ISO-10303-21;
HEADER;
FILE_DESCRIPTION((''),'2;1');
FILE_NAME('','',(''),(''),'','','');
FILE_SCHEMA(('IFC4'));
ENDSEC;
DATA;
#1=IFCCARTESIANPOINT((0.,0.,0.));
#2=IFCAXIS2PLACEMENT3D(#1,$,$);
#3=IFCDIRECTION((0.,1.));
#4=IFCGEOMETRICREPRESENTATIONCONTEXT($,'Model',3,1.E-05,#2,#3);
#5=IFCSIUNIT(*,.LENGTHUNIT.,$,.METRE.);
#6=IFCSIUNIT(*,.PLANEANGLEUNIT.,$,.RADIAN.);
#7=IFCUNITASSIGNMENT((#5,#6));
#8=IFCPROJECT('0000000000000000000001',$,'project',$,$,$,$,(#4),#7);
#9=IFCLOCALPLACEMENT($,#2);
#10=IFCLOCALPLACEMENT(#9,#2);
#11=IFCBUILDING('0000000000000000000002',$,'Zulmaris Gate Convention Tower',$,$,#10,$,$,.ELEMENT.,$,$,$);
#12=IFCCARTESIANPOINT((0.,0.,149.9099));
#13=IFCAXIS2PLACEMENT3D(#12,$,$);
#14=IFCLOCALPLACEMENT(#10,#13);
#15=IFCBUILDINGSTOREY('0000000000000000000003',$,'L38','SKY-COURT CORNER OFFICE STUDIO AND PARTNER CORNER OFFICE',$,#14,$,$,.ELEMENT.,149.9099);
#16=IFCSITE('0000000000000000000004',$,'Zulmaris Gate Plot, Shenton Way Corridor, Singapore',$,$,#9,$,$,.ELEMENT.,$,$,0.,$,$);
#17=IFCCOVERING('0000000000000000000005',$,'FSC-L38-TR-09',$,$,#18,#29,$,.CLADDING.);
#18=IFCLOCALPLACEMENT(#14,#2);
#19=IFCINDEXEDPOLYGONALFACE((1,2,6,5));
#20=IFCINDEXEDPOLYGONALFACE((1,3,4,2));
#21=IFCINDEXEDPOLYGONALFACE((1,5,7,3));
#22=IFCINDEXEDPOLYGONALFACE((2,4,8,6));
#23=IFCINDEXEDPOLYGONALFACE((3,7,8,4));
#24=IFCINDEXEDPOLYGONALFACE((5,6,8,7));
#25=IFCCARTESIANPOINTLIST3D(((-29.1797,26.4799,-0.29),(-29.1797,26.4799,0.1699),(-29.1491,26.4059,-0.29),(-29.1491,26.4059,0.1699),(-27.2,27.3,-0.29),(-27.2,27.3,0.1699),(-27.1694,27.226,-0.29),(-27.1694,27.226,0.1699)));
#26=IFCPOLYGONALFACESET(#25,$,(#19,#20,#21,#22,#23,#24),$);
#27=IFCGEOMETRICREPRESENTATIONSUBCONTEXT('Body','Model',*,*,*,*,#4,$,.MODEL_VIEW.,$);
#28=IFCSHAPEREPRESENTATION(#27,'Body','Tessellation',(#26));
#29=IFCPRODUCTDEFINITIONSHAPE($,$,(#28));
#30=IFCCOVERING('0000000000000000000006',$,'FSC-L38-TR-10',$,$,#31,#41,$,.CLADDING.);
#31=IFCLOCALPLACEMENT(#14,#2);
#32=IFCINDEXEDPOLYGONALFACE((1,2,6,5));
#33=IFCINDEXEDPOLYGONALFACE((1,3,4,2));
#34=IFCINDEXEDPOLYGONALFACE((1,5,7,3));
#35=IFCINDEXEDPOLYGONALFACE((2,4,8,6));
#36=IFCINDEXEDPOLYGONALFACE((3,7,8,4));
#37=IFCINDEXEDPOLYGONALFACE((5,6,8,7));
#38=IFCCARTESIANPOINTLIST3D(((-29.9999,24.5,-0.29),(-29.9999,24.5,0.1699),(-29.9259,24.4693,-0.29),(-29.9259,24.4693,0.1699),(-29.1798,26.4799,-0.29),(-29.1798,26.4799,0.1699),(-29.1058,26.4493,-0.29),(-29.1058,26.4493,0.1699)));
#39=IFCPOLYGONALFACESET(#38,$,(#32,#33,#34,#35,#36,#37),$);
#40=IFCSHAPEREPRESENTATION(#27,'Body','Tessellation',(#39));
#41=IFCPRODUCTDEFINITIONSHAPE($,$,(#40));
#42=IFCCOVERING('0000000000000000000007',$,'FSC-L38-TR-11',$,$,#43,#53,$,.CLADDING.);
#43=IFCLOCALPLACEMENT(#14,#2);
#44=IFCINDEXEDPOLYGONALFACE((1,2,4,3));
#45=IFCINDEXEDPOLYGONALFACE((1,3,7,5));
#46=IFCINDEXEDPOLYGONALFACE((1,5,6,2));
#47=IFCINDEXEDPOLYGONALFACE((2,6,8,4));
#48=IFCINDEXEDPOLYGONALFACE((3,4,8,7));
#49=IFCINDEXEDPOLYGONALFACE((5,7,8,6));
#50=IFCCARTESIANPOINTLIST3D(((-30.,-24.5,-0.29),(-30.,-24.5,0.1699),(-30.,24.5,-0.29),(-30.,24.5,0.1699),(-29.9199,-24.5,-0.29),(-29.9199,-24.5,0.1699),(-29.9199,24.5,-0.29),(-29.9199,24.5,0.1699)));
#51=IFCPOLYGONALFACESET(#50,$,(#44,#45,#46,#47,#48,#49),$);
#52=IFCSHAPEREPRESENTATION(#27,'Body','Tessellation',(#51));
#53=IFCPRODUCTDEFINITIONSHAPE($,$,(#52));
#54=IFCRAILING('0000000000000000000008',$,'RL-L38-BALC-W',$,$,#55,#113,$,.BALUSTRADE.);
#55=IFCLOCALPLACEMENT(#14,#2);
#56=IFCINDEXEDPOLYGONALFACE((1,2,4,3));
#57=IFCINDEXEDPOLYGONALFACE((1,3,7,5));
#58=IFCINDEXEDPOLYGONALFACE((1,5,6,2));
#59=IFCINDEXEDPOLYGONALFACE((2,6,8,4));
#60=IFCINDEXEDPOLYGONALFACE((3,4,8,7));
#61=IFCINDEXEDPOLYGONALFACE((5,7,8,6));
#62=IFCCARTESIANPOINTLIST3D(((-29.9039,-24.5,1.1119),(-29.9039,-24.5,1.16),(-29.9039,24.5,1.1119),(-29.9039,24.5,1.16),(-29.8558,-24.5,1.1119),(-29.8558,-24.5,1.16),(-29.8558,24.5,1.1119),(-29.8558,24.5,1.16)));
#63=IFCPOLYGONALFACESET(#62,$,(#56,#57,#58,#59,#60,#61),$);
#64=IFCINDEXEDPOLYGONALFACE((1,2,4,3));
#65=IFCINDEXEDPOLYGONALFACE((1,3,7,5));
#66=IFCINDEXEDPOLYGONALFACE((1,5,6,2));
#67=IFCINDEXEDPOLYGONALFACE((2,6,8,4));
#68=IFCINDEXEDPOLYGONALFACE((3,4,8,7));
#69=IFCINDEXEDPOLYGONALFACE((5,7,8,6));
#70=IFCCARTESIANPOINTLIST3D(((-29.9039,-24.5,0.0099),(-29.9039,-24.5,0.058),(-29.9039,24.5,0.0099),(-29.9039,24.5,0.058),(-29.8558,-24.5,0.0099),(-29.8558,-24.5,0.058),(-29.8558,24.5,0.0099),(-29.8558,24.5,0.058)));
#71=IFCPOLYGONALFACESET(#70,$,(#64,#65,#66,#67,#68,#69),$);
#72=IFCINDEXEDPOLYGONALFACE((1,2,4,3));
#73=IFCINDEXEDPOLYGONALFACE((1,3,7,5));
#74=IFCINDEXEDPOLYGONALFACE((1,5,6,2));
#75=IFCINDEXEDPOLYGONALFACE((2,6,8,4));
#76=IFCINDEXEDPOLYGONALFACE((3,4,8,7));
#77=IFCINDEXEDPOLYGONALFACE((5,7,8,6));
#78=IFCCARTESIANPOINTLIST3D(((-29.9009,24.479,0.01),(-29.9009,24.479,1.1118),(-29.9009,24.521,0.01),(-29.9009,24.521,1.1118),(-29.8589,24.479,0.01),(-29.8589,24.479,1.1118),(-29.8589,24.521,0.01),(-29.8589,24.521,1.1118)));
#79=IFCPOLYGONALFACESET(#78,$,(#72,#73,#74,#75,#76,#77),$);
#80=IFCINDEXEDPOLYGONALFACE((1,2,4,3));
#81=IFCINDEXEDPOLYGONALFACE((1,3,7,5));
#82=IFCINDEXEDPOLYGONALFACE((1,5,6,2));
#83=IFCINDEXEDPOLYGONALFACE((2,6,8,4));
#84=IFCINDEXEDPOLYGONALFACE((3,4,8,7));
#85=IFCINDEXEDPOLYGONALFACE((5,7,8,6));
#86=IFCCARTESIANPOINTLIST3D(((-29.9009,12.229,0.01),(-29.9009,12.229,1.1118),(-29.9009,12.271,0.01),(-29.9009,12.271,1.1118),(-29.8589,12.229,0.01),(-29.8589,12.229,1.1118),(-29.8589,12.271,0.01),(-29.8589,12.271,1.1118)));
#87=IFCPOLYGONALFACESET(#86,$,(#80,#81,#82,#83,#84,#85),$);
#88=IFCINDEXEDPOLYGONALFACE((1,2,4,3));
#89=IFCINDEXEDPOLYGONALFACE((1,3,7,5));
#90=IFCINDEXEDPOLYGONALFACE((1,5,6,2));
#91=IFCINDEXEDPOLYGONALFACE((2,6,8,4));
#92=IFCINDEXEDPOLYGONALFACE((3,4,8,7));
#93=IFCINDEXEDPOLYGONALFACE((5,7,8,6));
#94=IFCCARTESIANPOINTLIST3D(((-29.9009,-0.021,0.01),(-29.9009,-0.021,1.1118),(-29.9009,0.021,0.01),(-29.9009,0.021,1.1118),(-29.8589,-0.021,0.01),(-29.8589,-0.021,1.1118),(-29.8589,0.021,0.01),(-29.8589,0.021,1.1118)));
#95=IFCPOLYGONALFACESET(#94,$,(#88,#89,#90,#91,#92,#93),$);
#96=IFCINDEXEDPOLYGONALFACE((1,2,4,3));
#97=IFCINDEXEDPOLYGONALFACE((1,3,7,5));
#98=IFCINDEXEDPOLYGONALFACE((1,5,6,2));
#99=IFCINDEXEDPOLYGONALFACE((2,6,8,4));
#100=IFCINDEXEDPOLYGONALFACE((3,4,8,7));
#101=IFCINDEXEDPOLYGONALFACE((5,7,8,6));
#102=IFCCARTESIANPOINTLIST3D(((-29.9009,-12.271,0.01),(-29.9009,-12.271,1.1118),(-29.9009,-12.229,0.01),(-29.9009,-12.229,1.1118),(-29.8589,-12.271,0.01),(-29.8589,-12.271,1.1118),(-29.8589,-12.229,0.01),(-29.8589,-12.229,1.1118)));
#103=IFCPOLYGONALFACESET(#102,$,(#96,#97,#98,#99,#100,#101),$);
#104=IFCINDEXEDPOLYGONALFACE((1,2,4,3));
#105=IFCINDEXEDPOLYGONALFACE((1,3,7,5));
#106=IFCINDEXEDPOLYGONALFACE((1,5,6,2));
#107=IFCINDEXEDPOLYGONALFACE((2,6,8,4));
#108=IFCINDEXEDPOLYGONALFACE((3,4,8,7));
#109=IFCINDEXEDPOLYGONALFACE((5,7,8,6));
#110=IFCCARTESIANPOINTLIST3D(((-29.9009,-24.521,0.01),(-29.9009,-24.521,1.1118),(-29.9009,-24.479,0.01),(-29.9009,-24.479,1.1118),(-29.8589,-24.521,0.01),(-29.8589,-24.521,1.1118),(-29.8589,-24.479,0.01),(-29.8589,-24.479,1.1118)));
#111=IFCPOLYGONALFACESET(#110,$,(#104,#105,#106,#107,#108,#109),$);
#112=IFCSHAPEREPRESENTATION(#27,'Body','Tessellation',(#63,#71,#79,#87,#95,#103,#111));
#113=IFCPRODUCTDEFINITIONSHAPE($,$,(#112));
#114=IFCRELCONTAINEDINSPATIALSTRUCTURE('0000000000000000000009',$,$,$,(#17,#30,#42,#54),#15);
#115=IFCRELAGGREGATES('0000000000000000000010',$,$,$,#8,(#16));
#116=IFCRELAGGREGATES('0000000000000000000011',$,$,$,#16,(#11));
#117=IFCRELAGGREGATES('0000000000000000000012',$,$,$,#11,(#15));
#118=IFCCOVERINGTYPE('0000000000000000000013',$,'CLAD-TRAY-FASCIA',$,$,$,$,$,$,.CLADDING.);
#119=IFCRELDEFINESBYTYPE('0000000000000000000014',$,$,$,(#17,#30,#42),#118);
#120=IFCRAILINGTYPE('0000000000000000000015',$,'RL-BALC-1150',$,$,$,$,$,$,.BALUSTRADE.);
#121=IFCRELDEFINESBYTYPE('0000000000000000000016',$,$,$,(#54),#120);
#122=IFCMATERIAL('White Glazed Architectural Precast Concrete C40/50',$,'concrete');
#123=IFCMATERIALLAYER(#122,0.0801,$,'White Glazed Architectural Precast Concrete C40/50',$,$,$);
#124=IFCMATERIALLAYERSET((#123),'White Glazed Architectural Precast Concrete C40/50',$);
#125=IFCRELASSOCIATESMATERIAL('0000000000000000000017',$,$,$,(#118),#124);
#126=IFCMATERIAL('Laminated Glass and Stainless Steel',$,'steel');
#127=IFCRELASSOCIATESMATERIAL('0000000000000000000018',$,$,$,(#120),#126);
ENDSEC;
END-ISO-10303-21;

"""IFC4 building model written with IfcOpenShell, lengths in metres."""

from ifc_helpers import new_model, si_unit, direction, frame, frame_2d, origin, origin_2d, place, context, subcontext, project, spatial, rectangle, extrude, material, layer, layer_set, type_object, element, save


model = new_model("IFC4")

# Units and contexts
model_context = context("Model", 3, precision=1e-05, world=origin(), true_north=direction((0.0, 1.0)))
body_context = subcontext(model_context, "Body", "Model", "MODEL_VIEW")
ifc_project = project(units=[si_unit("LENGTHUNIT", "METRE"), si_unit("PLANEANGLEUNIT", "RADIAN")], contexts=[model_context])

# Site, building, storey
site_placement = place(None, origin())
site = spatial("IfcSite", under=ifc_project, at=site_placement, Name="Zulmaris Gate Plot, Shenton Way Corridor, Singapore", CompositionType="ELEMENT", RefElevation=0.0)
building_placement = place(site_placement, origin())
building = spatial("IfcBuilding", under=site, at=building_placement, Name="Zulmaris Gate Convention Tower", CompositionType="ELEMENT")
storey_placement = place(building_placement, frame((0.0, 0.0, 149.9099)))
storey = spatial("IfcBuildingStorey", under=building, at=storey_placement, Name="L38", Description="SKY-COURT CORNER OFFICE STUDIO AND PARTNER CORNER OFFICE", CompositionType="ELEMENT", Elevation=149.9099)

# Coverings
ifc_material_1 = material(Name="White Glazed Architectural Precast Concrete C40/50", Category="concrete")
ifc_layer_1 = layer(ifc_material_1, 0.0801, Name="White Glazed Architectural Precast Concrete C40/50")
ifc_layer_set_1 = layer_set([ifc_layer_1], Name="White Glazed Architectural Precast Concrete C40/50")
covering_type_1 = type_object("IfcCoveringType", Name="CLAD-TRAY-FASCIA", PredefinedType="CLADDING", material=ifc_layer_set_1)
covering_1_placement = place(storey_placement, frame((-27.1848, 27.2629, -0.29), z_axis=(0.0, 0.0, 1.0), x_axis=(-0.923874, -0.382697, 0.0)))
element("IfcCovering", 1, at=covering_1_placement, inside=storey, type_object=covering_type_1, Name="FSC-L38-TR-09", PredefinedType="CLADDING", context=body_context, shape_type="SweptSolid", body=[
    extrude(rectangle(XDim=2.1428, YDim=0.0801, at=frame_2d((1.0713, 0.0))), origin(), (0.0, 0.0, 1.0), 0.46),
])
covering_2_placement = place(storey_placement, frame((-29.1428, 26.4646, -0.29), z_axis=(0.0, 0.0, 1.0), x_axis=(-0.382657, -0.92389, 0.0)))
element("IfcCovering", 2, at=covering_2_placement, inside=storey, type_object=covering_type_1, Name="FSC-L38-TR-10", PredefinedType="CLADDING", context=body_context, shape_type="SweptSolid", body=[
    extrude(rectangle(XDim=2.1431, YDim=0.0801, at=frame_2d((1.0715, 0.0))), origin(), (0.0, 0.0, 1.0), 0.46),
])
covering_3_placement = place(storey_placement, frame((-29.96, 24.5, -0.29), z_axis=(0.0, 0.0, 1.0), x_axis=(0.0, -1.0, 0.0)))
element("IfcCovering", 3, at=covering_3_placement, inside=storey, type_object=covering_type_1, Name="FSC-L38-TR-11", PredefinedType="CLADDING", context=body_context, shape_type="SweptSolid", body=[
    extrude(rectangle(XDim=49.0, YDim=0.0801, at=frame_2d((24.5, 0.0))), origin(), (0.0, 0.0, 1.0), 0.46),
])

# Railing
ifc_material_2 = material(Name="Laminated Glass and Stainless Steel", Category="steel")
railing_type = type_object("IfcRailingType", Name="RL-BALC-1150", PredefinedType="BALUSTRADE", material=ifc_material_2)
railing_placement = place(storey_placement, frame((-29.8799, 24.5, 0.01)))
element("IfcRailing", 4, at=railing_placement, inside=storey, type_object=railing_type, Name="RL-L38-BALC-W", PredefinedType="BALUSTRADE", context=body_context, shape_type="SweptSolid", body=[
    extrude(rectangle(XDim=0.0481, YDim=0.0481, at=origin_2d()), frame((0.0, 0.0, 1.126), z_axis=(0.0, -1.0, 0.0), x_axis=(1.0, 0.0, 0.0)), (0.0, 0.0, 1.0), 49.0),
    extrude(rectangle(XDim=0.0481, YDim=0.0481, at=origin_2d()), frame((0.0, 0.0, 0.0239), z_axis=(0.0, -1.0, 0.0), x_axis=(1.0, 0.0, 0.0)), (0.0, 0.0, 1.0), 49.0),
    extrude(rectangle(XDim=0.042, YDim=0.042, at=origin_2d()), origin(), (0.0, 0.0, 1.0), 1.1018),
    extrude(rectangle(XDim=0.042, YDim=0.042, at=origin_2d()), frame((0.0, -12.25, 0.0)), (0.0, 0.0, 1.0), 1.1018),
    extrude(rectangle(XDim=0.042, YDim=0.042, at=origin_2d()), frame((0.0, -24.5, 0.0)), (0.0, 0.0, 1.0), 1.1018),
    extrude(rectangle(XDim=0.042, YDim=0.042, at=origin_2d()), frame((0.0, -36.75, 0.0)), (0.0, 0.0, 1.0), 1.1018),
    extrude(rectangle(XDim=0.042, YDim=0.042, at=origin_2d()), frame((0.0, -49.0, 0.0)), (0.0, 0.0, 1.0), 1.1018),
])

save(model, "model.ifc")
